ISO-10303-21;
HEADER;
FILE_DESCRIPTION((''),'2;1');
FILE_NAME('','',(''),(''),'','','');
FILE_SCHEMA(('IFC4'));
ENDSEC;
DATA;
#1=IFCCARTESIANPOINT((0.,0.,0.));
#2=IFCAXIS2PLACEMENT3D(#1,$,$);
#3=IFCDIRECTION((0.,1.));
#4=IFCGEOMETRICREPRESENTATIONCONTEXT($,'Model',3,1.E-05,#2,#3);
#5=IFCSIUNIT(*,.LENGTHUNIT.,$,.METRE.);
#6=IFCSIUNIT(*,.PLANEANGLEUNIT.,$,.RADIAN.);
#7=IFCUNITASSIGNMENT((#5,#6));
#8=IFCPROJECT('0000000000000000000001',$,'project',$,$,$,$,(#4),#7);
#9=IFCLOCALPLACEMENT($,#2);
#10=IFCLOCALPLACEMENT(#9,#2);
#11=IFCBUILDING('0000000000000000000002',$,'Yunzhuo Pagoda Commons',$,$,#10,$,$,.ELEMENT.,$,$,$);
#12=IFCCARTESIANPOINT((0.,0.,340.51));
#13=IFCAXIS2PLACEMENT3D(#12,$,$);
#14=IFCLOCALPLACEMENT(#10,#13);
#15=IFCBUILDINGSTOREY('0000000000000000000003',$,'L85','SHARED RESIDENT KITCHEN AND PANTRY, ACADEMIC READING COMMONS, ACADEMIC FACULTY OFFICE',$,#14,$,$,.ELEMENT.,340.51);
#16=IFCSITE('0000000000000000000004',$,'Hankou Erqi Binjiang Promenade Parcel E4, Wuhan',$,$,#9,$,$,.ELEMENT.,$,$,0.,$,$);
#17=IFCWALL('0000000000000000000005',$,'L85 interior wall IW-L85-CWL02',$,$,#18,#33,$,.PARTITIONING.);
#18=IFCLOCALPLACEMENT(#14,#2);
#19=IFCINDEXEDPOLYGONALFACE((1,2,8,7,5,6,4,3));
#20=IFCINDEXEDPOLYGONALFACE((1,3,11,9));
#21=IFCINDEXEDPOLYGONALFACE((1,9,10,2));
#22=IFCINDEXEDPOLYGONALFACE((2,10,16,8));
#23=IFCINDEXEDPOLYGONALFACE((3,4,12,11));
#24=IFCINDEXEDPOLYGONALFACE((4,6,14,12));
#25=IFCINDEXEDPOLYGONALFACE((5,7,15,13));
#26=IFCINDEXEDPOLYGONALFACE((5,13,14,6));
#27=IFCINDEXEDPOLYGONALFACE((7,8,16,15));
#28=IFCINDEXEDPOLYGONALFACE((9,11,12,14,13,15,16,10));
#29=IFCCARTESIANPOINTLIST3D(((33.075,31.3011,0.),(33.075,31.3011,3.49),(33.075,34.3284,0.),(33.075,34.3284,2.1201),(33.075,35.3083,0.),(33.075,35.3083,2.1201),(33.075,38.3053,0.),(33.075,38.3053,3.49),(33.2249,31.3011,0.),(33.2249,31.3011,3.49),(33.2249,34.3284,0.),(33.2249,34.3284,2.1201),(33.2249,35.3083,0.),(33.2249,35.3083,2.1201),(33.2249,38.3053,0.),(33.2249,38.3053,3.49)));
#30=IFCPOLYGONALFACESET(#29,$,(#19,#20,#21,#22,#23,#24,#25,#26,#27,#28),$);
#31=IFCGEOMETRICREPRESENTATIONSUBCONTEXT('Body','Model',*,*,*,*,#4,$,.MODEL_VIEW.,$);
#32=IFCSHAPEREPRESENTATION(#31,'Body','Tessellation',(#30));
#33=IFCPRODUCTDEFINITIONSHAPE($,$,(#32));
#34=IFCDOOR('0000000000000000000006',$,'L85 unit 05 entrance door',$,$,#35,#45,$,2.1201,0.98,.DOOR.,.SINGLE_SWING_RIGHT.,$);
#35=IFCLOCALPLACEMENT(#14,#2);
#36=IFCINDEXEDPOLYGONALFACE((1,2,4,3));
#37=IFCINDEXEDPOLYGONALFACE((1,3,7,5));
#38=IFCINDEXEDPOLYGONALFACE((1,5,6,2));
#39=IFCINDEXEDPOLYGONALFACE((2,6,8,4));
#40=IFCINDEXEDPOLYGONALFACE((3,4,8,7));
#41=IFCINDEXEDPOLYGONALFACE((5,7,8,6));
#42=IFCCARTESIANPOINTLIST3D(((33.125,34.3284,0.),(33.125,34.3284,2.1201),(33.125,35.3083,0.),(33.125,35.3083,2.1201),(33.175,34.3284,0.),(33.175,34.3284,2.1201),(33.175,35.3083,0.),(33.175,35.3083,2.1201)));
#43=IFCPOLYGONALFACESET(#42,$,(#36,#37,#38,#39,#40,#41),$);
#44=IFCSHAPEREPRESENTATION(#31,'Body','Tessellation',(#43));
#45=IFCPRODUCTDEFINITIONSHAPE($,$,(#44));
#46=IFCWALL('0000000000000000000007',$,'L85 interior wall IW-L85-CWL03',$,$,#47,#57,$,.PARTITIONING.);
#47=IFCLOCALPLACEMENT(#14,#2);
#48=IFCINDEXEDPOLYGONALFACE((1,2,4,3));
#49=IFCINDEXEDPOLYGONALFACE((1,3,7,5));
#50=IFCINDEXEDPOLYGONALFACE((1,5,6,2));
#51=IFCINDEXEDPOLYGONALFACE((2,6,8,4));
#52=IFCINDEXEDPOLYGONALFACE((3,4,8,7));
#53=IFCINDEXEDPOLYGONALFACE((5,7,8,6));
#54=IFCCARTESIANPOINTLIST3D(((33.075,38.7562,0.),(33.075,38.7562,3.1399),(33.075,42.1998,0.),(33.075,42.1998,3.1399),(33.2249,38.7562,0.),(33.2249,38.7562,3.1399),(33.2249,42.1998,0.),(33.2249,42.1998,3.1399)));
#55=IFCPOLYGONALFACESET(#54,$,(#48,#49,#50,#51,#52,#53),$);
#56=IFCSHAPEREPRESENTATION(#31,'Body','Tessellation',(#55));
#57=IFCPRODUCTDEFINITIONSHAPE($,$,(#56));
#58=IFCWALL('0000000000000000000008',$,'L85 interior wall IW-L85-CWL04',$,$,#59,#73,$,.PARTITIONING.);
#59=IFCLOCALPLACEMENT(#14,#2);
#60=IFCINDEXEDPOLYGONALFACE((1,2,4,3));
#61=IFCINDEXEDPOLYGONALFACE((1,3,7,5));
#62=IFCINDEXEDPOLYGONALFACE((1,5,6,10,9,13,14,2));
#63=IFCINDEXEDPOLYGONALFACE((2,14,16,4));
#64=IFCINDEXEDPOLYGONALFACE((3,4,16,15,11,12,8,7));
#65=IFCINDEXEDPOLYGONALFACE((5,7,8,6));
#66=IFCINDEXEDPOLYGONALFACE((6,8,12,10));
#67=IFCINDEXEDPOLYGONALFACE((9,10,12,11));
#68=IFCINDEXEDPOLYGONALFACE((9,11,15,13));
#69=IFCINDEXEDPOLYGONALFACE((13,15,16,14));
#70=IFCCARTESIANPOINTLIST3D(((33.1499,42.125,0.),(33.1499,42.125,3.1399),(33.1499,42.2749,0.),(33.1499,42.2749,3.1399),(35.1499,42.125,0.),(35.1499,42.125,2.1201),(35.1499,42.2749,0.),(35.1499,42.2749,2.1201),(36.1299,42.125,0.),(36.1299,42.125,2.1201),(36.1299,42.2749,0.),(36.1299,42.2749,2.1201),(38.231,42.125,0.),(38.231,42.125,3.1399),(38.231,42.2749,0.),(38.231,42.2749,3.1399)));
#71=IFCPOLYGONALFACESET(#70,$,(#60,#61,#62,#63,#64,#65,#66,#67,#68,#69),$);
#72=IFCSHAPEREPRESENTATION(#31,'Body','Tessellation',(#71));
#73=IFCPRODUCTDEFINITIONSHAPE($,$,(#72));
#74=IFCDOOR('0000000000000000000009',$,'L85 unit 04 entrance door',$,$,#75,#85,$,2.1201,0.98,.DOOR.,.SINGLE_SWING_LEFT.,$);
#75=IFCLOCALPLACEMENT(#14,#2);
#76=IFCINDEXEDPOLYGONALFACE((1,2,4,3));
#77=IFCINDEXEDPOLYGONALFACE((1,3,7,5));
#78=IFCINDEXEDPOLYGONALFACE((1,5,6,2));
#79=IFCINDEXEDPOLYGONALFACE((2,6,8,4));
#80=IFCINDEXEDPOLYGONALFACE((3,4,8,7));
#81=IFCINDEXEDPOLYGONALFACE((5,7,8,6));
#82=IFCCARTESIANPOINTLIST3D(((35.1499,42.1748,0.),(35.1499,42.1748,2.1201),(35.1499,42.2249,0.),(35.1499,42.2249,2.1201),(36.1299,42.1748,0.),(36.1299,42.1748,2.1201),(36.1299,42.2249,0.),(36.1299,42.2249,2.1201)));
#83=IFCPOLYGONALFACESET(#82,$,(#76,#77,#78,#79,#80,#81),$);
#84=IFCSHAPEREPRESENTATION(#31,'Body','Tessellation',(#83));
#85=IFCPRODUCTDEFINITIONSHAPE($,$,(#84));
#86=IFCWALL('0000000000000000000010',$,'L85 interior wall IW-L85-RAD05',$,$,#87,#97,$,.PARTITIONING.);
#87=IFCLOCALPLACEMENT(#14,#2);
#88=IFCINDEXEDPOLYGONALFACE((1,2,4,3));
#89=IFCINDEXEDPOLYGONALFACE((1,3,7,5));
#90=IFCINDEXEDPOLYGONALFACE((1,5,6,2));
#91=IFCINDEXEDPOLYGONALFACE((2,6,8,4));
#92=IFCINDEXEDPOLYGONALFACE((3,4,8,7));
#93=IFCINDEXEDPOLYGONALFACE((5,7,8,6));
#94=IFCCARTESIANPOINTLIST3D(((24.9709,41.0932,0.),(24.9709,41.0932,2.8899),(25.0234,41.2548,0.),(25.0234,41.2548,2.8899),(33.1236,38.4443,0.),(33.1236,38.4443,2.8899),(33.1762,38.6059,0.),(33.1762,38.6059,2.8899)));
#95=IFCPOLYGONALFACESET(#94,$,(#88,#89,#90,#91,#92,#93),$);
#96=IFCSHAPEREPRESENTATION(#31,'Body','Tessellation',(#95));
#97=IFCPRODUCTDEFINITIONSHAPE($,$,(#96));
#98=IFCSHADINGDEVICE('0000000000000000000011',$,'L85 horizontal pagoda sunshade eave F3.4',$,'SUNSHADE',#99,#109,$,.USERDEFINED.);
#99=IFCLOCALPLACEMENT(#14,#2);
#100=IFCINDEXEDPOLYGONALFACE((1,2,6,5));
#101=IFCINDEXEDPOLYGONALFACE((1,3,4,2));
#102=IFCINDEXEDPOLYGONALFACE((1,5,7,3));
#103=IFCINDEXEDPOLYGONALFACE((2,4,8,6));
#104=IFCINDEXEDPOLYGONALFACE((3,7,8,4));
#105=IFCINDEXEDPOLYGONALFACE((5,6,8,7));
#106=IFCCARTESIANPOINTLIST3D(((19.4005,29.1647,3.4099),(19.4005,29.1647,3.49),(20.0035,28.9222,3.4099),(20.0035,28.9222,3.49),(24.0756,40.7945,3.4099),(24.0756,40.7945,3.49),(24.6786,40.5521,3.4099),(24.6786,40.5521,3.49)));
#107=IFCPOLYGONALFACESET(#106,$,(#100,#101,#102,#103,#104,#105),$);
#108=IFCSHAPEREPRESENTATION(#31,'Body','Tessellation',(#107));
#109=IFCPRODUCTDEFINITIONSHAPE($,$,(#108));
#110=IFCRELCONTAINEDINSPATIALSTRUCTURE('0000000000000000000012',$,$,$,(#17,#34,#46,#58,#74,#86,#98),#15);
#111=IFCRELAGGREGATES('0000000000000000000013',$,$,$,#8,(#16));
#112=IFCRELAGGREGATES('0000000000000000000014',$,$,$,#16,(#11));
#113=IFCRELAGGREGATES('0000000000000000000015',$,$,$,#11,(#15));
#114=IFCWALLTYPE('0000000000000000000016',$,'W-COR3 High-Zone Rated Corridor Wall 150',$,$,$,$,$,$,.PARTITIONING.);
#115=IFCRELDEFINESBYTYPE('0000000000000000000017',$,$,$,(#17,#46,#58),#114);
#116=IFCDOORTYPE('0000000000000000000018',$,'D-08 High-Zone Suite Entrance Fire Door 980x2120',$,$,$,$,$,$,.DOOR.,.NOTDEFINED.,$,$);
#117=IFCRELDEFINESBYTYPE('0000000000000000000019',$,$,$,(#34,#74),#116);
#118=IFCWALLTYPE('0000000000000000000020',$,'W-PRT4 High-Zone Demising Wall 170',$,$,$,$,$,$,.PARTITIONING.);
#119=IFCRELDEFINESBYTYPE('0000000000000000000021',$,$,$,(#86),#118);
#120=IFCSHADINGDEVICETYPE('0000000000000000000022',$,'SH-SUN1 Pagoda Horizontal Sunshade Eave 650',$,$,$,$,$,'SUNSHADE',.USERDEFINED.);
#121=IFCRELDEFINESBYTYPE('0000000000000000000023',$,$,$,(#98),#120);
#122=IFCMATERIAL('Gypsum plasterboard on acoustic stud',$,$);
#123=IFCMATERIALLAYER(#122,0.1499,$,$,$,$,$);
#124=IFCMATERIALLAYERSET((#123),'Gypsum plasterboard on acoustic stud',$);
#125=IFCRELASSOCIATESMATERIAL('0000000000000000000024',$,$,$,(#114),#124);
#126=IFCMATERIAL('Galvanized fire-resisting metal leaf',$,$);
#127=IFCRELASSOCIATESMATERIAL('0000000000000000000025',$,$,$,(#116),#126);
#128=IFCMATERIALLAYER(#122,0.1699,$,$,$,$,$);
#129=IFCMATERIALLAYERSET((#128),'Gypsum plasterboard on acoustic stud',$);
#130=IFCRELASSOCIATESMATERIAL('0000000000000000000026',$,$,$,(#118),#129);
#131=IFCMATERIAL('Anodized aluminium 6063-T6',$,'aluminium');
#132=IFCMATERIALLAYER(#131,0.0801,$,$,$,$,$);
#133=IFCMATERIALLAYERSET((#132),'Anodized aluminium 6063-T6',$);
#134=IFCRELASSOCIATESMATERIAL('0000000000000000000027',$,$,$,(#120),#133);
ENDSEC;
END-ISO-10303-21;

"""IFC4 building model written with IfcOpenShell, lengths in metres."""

from ifc_helpers import new_model, si_unit, direction, frame, frame_2d, origin, origin_with_axes, origin_2d, place, context, subcontext, project, spatial, rectangle, extrude, source, transform, mapped, material, layer, layer_set, type_object, element, fill, save


model = new_model("IFC4")

# Units and contexts
model_context = context("Model", 3, precision=1e-05, world=origin(), true_north=direction((0.0, 1.0)))
body_context = subcontext(model_context, "Body", "Model", "MODEL_VIEW")
ifc_project = project(units=[si_unit("LENGTHUNIT", "METRE"), si_unit("PLANEANGLEUNIT", "RADIAN")], contexts=[model_context])

# Site, building, storey
site_placement = place(None, origin())
site = spatial("IfcSite", under=ifc_project, at=site_placement, Name="Hankou Erqi Binjiang Promenade Parcel E4, Wuhan", CompositionType="ELEMENT", RefElevation=0.0)
building_placement = place(site_placement, origin())
building = spatial("IfcBuilding", under=site, at=building_placement, Name="Yunzhuo Pagoda Commons", CompositionType="ELEMENT")
storey_placement = place(building_placement, frame((0.0, 0.0, 340.51)))
storey = spatial("IfcBuildingStorey", under=building, at=storey_placement, Name="L85", Description="SHARED RESIDENT KITCHEN AND PANTRY, ACADEMIC READING COMMONS, ACADEMIC FACULTY OFFICE", CompositionType="ELEMENT", Elevation=340.51)

# Shared definitions
ifc_material_1 = material(Name="Anodized aluminium 6063-T6", Category="aluminium")

# Wall, opening, door
ifc_material_2 = material(Name="Galvanized fire-resisting metal leaf")
ifc_material_3 = material(Name="Gypsum plasterboard on acoustic stud")
ifc_layer_1 = layer(ifc_material_3, 0.1499)
ifc_layer_set_1 = layer_set([ifc_layer_1], Name="Gypsum plasterboard on acoustic stud")
wall_type_1 = type_object("IfcWallType", Name="W-COR3 High-Zone Rated Corridor Wall 150", PredefinedType="PARTITIONING", material=ifc_layer_set_1)
wall_1_placement = place(storey_placement, frame((33.1499, 31.3013, 0.0), z_axis=(0.0, 0.0, 1.0), x_axis=(0.0, 1.0, 0.0)))
wall_1 = element("IfcWall", 1, at=wall_1_placement, inside=storey, type_object=wall_type_1, Name="L85 interior wall IW-L85-CWL02", PredefinedType="PARTITIONING", context=body_context, shape_type="SweptSolid", body=[
    extrude(rectangle(XDim=7.0042, YDim=0.1499, at=frame_2d((3.502, 0.0))), origin(), (0.0, 0.0, 1.0), 3.49),
])
opening_1_placement = place(wall_1_placement, frame((3.0271, 0.0, 0.0)))
opening_1 = element("IfcOpeningElement", 2, at=opening_1_placement, cuts=wall_1, PredefinedType="OPENING", context=body_context, shape_type="SweptSolid", body=[
    extrude(rectangle(XDim=0.98, YDim=2.1201, at=frame_2d((0.49, 1.0601))), frame((0.0, 0.085, 0.0), z_axis=(0.0, -1.0, 0.0), x_axis=(1.0, 0.0, 0.0)), (0.0, 0.0, 1.0), 0.1699),
])
door_type_1 = type_object("IfcDoorType", Name="D-08 High-Zone Suite Entrance Fire Door 980x2120", OperationType="NOTDEFINED", PredefinedType="DOOR", material=ifc_material_2)
shared_shape_1 = source(origin(), body_context, "Body", "SweptSolid", [
    extrude(rectangle(XDim=0.98, YDim=2.1201, at=frame_2d((0.49, 1.0601))), frame((0.0, 0.0249, 0.0), z_axis=(0.0, -1.0, 0.0), x_axis=(1.0, 0.0, 0.0)), (0.0, 0.0, 1.0), 0.05),
])
door_1_placement = place(opening_1_placement, origin_with_axes())
door_1 = element("IfcDoor", 3, at=door_1_placement, inside=storey, type_object=door_type_1, Name="L85 unit 05 entrance door", OperationType="SINGLE_SWING_RIGHT", OverallHeight=2.1201, OverallWidth=0.98, PredefinedType="DOOR", context=body_context, shape_type="MappedRepresentation", body=[
    mapped(shared_shape_1, transform((0.0, 0.0, 0.0), scale=1.0)),
])
fill(opening_1, door_1)

# Wall
wall_2_placement = place(storey_placement, frame((33.1499, 38.7563, 0.0), z_axis=(0.0, 0.0, 1.0), x_axis=(0.0, 1.0, 0.0)))
element("IfcWall", 4, at=wall_2_placement, inside=storey, type_object=wall_type_1, Name="L85 interior wall IW-L85-CWL03", PredefinedType="PARTITIONING", context=body_context, shape_type="SweptSolid", body=[
    extrude(rectangle(XDim=3.4436, YDim=0.1499, at=frame_2d((1.7217, 0.0))), origin(), (0.0, 0.0, 1.0), 3.1399),
])

# Wall, opening, door
wall_3_placement = place(storey_placement, frame((33.1499, 42.2, 0.0), z_axis=(0.0, 0.0, 1.0), x_axis=(1.0, 0.0, 0.0)))
wall_3 = element("IfcWall", 5, at=wall_3_placement, inside=storey, type_object=wall_type_1, Name="L85 interior wall IW-L85-CWL04", PredefinedType="PARTITIONING", context=body_context, shape_type="SweptSolid", body=[
    extrude(rectangle(XDim=5.0811, YDim=0.1499, at=frame_2d((2.5405, 0.0))), origin(), (0.0, 0.0, 1.0), 3.1399),
])
opening_2_placement = place(wall_3_placement, frame((2.0, 0.0, 0.0)))
opening_2 = element("IfcOpeningElement", 6, at=opening_2_placement, cuts=wall_3, PredefinedType="OPENING", context=body_context, shape_type="SweptSolid", body=[
    extrude(rectangle(XDim=0.98, YDim=2.1201, at=frame_2d((0.49, 1.0601))), frame((0.0, 0.085, 0.0), z_axis=(0.0, -1.0, 0.0), x_axis=(1.0, 0.0, 0.0)), (0.0, 0.0, 1.0), 0.1699),
])
door_2_placement = place(opening_2_placement, origin_with_axes())
door_2 = element("IfcDoor", 7, at=door_2_placement, inside=storey, type_object=door_type_1, Name="L85 unit 04 entrance door", OperationType="SINGLE_SWING_LEFT", OverallHeight=2.1201, OverallWidth=0.98, PredefinedType="DOOR", context=body_context, shape_type="MappedRepresentation", body=[
    mapped(shared_shape_1, transform((0.0, 0.0, 0.0), scale=1.0)),
])
fill(opening_2, door_2)

# Wall
ifc_layer_2 = layer(ifc_material_3, 0.1699)
ifc_layer_set_2 = layer_set([ifc_layer_2], Name="Gypsum plasterboard on acoustic stud")
wall_type_2 = type_object("IfcWallType", Name="W-PRT4 High-Zone Demising Wall 170", PredefinedType="PARTITIONING", material=ifc_layer_set_2)
wall_4_placement = place(storey_placement, frame((33.1499, 38.5251, 0.0), z_axis=(0.0, 0.0, 1.0), x_axis=(-0.95106, 0.309008, 0.0)))
element("IfcWall", 8, at=wall_4_placement, inside=storey, type_object=wall_type_2, Name="L85 interior wall IW-L85-RAD05", PredefinedType="PARTITIONING", context=body_context, shape_type="SweptSolid", body=[
    extrude(rectangle(XDim=8.5723, YDim=0.1699, at=frame_2d((4.2861, 0.0))), origin(), (0.0, 0.0, 1.0), 2.8899),
])

# Shading device
ifc_layer_3 = layer(ifc_material_1, 0.0801)
ifc_layer_set_3 = layer_set([ifc_layer_3], Name="Anodized aluminium 6063-T6")
shading_device_type = type_object("IfcShadingDeviceType", Name="SH-SUN1 Pagoda Horizontal Sunshade Eave 650", ElementType="SUNSHADE", PredefinedType="USERDEFINED", material=ifc_layer_set_3)
shared_shape_2 = source(origin(), body_context, "Body", "SweptSolid", [
    extrude(rectangle(XDim=12.5344, YDim=0.6499, at=origin_2d()), origin(), (0.0, 0.0, 1.0), 0.0801),
])
shading_device_placement = place(storey_placement, frame((22.0396, 34.8584, 3.4099), z_axis=(0.0, 0.0, 1.0), x_axis=(-0.372988, -0.927836, 0.0)))
element("IfcShadingDevice", 9, at=shading_device_placement, inside=storey, type_object=shading_device_type, Name="L85 horizontal pagoda sunshade eave F3.4", ObjectType="SUNSHADE", PredefinedType="USERDEFINED", context=body_context, shape_type="MappedRepresentation", body=[
    mapped(shared_shape_2, transform((0.0, 0.0, 0.0), scale=1.0)),
])

save(model, "model.ifc")
